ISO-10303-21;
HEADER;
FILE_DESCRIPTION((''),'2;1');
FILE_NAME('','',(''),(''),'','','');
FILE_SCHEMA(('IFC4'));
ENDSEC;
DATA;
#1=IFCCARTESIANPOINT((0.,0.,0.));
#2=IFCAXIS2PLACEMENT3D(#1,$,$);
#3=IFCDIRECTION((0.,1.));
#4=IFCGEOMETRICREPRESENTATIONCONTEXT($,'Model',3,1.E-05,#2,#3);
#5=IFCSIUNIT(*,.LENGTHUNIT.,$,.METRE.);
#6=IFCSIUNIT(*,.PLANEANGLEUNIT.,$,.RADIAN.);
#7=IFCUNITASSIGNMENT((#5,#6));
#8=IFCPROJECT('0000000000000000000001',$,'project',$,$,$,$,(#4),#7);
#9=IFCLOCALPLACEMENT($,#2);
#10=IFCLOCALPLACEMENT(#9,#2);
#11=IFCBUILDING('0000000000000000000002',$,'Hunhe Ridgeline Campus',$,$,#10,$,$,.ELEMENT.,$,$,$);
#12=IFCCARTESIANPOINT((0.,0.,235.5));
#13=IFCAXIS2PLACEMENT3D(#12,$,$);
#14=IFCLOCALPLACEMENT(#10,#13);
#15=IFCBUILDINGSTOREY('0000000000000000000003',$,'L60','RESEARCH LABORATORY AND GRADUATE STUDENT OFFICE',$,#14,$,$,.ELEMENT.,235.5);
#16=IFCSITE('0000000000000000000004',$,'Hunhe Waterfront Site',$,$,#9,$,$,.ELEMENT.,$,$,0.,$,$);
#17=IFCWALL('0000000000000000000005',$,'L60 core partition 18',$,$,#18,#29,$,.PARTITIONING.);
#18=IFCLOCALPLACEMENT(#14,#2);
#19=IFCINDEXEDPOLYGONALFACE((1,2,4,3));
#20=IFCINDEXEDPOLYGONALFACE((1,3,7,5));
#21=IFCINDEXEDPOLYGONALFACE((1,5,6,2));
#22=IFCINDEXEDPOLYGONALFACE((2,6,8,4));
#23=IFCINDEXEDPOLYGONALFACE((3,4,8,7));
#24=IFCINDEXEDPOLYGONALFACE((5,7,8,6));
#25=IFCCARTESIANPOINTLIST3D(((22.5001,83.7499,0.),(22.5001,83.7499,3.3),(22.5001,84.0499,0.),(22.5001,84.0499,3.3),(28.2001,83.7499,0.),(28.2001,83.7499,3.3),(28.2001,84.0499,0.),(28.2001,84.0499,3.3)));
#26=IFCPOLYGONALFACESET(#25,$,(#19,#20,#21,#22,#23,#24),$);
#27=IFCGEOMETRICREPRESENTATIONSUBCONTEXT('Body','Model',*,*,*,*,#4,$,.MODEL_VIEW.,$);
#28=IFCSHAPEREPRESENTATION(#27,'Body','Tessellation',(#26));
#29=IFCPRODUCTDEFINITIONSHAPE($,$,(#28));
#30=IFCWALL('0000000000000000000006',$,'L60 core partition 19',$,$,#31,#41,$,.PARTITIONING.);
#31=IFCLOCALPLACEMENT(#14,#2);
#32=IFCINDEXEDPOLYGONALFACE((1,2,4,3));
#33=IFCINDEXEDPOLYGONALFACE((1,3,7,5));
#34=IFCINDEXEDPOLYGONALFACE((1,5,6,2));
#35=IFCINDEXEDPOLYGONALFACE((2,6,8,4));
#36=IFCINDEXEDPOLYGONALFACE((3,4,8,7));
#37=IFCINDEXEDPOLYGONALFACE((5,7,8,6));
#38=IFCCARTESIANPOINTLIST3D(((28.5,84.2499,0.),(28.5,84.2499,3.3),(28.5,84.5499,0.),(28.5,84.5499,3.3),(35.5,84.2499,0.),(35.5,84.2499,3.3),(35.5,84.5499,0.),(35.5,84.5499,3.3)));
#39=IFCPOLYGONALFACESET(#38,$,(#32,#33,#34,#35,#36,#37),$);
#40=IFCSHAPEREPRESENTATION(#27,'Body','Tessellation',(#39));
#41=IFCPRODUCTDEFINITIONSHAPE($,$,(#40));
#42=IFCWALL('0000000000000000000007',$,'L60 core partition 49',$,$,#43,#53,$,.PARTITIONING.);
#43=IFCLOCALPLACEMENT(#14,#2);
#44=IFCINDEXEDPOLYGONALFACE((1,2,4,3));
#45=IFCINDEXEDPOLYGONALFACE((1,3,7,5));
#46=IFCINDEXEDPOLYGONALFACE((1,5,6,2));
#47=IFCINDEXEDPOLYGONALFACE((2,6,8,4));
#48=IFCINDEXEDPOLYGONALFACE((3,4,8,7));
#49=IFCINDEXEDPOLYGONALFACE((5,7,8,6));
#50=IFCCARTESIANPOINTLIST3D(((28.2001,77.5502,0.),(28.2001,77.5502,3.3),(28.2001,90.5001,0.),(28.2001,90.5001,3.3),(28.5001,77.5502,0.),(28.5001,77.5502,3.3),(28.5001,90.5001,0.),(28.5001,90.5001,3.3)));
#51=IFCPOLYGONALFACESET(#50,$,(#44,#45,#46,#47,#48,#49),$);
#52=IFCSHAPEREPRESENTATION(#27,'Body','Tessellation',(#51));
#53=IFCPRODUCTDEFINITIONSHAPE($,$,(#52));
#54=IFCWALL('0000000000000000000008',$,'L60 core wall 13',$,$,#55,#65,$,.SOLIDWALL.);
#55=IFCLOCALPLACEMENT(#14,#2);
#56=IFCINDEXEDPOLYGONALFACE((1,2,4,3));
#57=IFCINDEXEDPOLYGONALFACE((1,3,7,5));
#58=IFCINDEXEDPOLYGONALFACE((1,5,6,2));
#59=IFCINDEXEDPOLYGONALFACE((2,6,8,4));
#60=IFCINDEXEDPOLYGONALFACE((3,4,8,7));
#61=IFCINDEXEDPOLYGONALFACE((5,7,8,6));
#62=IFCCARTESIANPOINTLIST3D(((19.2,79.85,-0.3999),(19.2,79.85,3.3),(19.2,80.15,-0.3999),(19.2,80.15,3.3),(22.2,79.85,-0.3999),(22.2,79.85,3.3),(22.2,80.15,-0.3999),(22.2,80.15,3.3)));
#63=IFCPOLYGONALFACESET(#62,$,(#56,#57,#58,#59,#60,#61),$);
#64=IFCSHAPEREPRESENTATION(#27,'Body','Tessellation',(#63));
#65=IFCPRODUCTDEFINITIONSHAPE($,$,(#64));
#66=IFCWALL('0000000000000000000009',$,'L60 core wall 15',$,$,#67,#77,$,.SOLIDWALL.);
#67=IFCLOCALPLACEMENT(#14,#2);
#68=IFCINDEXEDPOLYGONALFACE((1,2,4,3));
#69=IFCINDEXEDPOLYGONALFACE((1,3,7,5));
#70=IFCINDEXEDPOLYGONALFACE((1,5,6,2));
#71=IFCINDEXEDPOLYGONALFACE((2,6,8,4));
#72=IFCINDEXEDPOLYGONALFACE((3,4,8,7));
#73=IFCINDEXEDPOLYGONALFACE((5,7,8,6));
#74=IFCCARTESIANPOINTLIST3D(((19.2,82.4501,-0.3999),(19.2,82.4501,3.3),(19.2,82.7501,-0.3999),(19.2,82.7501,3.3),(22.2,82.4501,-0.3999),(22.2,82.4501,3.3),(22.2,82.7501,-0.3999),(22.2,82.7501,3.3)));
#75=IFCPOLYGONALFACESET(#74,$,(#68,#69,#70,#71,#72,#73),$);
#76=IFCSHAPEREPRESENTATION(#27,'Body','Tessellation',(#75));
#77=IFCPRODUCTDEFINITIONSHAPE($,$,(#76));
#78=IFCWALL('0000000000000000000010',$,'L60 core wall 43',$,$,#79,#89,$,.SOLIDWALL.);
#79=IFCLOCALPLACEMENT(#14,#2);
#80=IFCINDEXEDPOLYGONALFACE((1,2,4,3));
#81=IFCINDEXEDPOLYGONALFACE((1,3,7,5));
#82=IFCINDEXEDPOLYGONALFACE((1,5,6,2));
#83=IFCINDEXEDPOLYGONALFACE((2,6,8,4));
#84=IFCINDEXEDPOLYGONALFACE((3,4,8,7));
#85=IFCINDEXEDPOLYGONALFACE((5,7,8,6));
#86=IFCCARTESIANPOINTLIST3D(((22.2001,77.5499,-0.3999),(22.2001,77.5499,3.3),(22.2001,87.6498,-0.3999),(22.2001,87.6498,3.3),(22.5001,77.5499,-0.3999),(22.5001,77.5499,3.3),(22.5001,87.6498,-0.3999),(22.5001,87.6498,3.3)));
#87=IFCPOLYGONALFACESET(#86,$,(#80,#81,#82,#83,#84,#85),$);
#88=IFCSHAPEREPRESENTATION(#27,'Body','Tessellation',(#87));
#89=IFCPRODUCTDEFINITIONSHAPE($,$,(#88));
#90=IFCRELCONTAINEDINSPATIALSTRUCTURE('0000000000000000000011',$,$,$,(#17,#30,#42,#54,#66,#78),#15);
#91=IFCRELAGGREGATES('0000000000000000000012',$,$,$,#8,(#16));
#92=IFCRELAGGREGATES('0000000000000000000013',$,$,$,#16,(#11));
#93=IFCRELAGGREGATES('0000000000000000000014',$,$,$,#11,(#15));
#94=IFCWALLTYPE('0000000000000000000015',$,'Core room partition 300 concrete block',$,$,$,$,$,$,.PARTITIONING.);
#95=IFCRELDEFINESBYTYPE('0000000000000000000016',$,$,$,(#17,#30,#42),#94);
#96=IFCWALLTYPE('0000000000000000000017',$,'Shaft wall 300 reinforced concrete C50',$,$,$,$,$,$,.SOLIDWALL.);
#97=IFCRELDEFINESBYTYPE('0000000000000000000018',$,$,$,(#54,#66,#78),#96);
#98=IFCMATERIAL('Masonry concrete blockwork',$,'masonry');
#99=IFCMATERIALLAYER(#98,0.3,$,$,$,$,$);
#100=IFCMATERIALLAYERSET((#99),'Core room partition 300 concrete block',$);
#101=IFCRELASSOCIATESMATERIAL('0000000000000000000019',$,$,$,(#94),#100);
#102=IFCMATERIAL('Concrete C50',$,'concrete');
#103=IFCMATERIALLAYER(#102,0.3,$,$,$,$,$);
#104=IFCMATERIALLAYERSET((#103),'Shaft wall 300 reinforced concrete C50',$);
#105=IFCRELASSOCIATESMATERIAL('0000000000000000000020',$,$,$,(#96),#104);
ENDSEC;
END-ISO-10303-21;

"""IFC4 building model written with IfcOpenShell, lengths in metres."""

from ifc_helpers import new_model, si_unit, direction, frame, frame_2d, origin, place, context, subcontext, project, spatial, rectangle, extrude, material, layer, layer_set, type_object, element, save


model = new_model("IFC4")

# Units and contexts
model_context = context("Model", 3, precision=1e-05, world=origin(), true_north=direction((0.0, 1.0)))
body_context = subcontext(model_context, "Body", "Model", "MODEL_VIEW")
ifc_project = project(units=[si_unit("LENGTHUNIT", "METRE"), si_unit("PLANEANGLEUNIT", "RADIAN")], contexts=[model_context])

# Site, building, storey
site_placement = place(None, origin())
site = spatial("IfcSite", under=ifc_project, at=site_placement, Name="Hunhe Waterfront Site", CompositionType="ELEMENT", RefElevation=0.0)
building_placement = place(site_placement, origin())
building = spatial("IfcBuilding", under=site, at=building_placement, Name="Hunhe Ridgeline Campus", CompositionType="ELEMENT")
storey_placement = place(building_placement, frame((0.0, 0.0, 235.5)))
storey = spatial("IfcBuildingStorey", under=building, at=storey_placement, Name="L60", Description="RESEARCH LABORATORY AND GRADUATE STUDENT OFFICE", CompositionType="ELEMENT", Elevation=235.5)

# Shared definitions
ifc_material_1 = material(Name="Masonry concrete blockwork", Category="masonry")
ifc_layer_1 = layer(ifc_material_1, 0.3)
ifc_layer_set_1 = layer_set([ifc_layer_1], Name="Core room partition 300 concrete block")
wall_type_1 = type_object("IfcWallType", Name="Core room partition 300 concrete block", PredefinedType="PARTITIONING", material=ifc_layer_set_1)

# Walls
wall_1_placement = place(storey_placement, frame((22.5, 83.8999, 0.0), z_axis=(0.0, 0.0, 1.0), x_axis=(1.0, 0.0, 0.0)))
element("IfcWall", 1, at=wall_1_placement, inside=storey, type_object=wall_type_1, Name="L60 core partition 18", PredefinedType="PARTITIONING", context=body_context, shape_type="SweptSolid", body=[
    extrude(rectangle(XDim=5.7, YDim=0.3, at=frame_2d((2.8501, 0.0))), origin(), (0.0, 0.0, 1.0), 3.3),
])
wall_2_placement = place(storey_placement, frame((28.5, 84.3999, 0.0), z_axis=(0.0, 0.0, 1.0), x_axis=(1.0, 0.0, 0.0)))
element("IfcWall", 2, at=wall_2_placement, inside=storey, type_object=wall_type_1, Name="L60 core partition 19", PredefinedType="PARTITIONING", context=body_context, shape_type="SweptSolid", body=[
    extrude(rectangle(XDim=7.0, YDim=0.3, at=frame_2d((3.5, 0.0))), origin(), (0.0, 0.0, 1.0), 3.3),
])
wall_3_placement = place(storey_placement, frame((28.3501, 77.55, 0.0), z_axis=(0.0, 0.0, 1.0), x_axis=(0.0, 1.0, 0.0)))
element("IfcWall", 3, at=wall_3_placement, inside=storey, type_object=wall_type_1, Name="L60 core partition 49", PredefinedType="PARTITIONING", context=body_context, shape_type="SweptSolid", body=[
    extrude(rectangle(XDim=12.95, YDim=0.3, at=frame_2d((6.4751, 0.0))), origin(), (0.0, 0.0, 1.0), 3.3),
])
ifc_material_2 = material(Name="Concrete C50", Category="concrete")
ifc_layer_2 = layer(ifc_material_2, 0.3)
ifc_layer_set_2 = layer_set([ifc_layer_2], Name="Shaft wall 300 reinforced concrete C50")
wall_type_2 = type_object("IfcWallType", Name="Shaft wall 300 reinforced concrete C50", PredefinedType="SOLIDWALL", material=ifc_layer_set_2)
for number, where, z_axis, x_axis, name in (
    (4, (19.2, 80.0, -0.3999), (0.0, 0.0, 1.0), (1.0, 0.0, 0.0), "L60 core wall 13"),
    (5, (19.2, 82.6001, -0.3999), (0.0, 0.0, 1.0), (1.0, 0.0, 0.0), "L60 core wall 15"),
):
    element("IfcWall", number, at=place(storey_placement, frame(where, z_axis=z_axis, x_axis=x_axis)), inside=storey, type_object=wall_type_2, Name=name, PredefinedType="SOLIDWALL", context=body_context, shape_type="SweptSolid", body=[
        extrude(rectangle(XDim=3.0, YDim=0.3, at=frame_2d((1.5, 0.0))), origin(), (0.0, 0.0, 1.0), 3.7),
    ])

# Wall
wall_4_placement = place(storey_placement, frame((22.3501, 77.55, -0.3999), z_axis=(0.0, 0.0, 1.0), x_axis=(0.0, 1.0, 0.0)))
element("IfcWall", 6, at=wall_4_placement, inside=storey, type_object=wall_type_2, Name="L60 core wall 43", PredefinedType="SOLIDWALL", context=body_context, shape_type="SweptSolid", body=[
    extrude(rectangle(XDim=10.0999, YDim=0.3, at=frame_2d((5.0498, 0.0))), origin(), (0.0, 0.0, 1.0), 3.7),
])

save(model, "model.ifc")
